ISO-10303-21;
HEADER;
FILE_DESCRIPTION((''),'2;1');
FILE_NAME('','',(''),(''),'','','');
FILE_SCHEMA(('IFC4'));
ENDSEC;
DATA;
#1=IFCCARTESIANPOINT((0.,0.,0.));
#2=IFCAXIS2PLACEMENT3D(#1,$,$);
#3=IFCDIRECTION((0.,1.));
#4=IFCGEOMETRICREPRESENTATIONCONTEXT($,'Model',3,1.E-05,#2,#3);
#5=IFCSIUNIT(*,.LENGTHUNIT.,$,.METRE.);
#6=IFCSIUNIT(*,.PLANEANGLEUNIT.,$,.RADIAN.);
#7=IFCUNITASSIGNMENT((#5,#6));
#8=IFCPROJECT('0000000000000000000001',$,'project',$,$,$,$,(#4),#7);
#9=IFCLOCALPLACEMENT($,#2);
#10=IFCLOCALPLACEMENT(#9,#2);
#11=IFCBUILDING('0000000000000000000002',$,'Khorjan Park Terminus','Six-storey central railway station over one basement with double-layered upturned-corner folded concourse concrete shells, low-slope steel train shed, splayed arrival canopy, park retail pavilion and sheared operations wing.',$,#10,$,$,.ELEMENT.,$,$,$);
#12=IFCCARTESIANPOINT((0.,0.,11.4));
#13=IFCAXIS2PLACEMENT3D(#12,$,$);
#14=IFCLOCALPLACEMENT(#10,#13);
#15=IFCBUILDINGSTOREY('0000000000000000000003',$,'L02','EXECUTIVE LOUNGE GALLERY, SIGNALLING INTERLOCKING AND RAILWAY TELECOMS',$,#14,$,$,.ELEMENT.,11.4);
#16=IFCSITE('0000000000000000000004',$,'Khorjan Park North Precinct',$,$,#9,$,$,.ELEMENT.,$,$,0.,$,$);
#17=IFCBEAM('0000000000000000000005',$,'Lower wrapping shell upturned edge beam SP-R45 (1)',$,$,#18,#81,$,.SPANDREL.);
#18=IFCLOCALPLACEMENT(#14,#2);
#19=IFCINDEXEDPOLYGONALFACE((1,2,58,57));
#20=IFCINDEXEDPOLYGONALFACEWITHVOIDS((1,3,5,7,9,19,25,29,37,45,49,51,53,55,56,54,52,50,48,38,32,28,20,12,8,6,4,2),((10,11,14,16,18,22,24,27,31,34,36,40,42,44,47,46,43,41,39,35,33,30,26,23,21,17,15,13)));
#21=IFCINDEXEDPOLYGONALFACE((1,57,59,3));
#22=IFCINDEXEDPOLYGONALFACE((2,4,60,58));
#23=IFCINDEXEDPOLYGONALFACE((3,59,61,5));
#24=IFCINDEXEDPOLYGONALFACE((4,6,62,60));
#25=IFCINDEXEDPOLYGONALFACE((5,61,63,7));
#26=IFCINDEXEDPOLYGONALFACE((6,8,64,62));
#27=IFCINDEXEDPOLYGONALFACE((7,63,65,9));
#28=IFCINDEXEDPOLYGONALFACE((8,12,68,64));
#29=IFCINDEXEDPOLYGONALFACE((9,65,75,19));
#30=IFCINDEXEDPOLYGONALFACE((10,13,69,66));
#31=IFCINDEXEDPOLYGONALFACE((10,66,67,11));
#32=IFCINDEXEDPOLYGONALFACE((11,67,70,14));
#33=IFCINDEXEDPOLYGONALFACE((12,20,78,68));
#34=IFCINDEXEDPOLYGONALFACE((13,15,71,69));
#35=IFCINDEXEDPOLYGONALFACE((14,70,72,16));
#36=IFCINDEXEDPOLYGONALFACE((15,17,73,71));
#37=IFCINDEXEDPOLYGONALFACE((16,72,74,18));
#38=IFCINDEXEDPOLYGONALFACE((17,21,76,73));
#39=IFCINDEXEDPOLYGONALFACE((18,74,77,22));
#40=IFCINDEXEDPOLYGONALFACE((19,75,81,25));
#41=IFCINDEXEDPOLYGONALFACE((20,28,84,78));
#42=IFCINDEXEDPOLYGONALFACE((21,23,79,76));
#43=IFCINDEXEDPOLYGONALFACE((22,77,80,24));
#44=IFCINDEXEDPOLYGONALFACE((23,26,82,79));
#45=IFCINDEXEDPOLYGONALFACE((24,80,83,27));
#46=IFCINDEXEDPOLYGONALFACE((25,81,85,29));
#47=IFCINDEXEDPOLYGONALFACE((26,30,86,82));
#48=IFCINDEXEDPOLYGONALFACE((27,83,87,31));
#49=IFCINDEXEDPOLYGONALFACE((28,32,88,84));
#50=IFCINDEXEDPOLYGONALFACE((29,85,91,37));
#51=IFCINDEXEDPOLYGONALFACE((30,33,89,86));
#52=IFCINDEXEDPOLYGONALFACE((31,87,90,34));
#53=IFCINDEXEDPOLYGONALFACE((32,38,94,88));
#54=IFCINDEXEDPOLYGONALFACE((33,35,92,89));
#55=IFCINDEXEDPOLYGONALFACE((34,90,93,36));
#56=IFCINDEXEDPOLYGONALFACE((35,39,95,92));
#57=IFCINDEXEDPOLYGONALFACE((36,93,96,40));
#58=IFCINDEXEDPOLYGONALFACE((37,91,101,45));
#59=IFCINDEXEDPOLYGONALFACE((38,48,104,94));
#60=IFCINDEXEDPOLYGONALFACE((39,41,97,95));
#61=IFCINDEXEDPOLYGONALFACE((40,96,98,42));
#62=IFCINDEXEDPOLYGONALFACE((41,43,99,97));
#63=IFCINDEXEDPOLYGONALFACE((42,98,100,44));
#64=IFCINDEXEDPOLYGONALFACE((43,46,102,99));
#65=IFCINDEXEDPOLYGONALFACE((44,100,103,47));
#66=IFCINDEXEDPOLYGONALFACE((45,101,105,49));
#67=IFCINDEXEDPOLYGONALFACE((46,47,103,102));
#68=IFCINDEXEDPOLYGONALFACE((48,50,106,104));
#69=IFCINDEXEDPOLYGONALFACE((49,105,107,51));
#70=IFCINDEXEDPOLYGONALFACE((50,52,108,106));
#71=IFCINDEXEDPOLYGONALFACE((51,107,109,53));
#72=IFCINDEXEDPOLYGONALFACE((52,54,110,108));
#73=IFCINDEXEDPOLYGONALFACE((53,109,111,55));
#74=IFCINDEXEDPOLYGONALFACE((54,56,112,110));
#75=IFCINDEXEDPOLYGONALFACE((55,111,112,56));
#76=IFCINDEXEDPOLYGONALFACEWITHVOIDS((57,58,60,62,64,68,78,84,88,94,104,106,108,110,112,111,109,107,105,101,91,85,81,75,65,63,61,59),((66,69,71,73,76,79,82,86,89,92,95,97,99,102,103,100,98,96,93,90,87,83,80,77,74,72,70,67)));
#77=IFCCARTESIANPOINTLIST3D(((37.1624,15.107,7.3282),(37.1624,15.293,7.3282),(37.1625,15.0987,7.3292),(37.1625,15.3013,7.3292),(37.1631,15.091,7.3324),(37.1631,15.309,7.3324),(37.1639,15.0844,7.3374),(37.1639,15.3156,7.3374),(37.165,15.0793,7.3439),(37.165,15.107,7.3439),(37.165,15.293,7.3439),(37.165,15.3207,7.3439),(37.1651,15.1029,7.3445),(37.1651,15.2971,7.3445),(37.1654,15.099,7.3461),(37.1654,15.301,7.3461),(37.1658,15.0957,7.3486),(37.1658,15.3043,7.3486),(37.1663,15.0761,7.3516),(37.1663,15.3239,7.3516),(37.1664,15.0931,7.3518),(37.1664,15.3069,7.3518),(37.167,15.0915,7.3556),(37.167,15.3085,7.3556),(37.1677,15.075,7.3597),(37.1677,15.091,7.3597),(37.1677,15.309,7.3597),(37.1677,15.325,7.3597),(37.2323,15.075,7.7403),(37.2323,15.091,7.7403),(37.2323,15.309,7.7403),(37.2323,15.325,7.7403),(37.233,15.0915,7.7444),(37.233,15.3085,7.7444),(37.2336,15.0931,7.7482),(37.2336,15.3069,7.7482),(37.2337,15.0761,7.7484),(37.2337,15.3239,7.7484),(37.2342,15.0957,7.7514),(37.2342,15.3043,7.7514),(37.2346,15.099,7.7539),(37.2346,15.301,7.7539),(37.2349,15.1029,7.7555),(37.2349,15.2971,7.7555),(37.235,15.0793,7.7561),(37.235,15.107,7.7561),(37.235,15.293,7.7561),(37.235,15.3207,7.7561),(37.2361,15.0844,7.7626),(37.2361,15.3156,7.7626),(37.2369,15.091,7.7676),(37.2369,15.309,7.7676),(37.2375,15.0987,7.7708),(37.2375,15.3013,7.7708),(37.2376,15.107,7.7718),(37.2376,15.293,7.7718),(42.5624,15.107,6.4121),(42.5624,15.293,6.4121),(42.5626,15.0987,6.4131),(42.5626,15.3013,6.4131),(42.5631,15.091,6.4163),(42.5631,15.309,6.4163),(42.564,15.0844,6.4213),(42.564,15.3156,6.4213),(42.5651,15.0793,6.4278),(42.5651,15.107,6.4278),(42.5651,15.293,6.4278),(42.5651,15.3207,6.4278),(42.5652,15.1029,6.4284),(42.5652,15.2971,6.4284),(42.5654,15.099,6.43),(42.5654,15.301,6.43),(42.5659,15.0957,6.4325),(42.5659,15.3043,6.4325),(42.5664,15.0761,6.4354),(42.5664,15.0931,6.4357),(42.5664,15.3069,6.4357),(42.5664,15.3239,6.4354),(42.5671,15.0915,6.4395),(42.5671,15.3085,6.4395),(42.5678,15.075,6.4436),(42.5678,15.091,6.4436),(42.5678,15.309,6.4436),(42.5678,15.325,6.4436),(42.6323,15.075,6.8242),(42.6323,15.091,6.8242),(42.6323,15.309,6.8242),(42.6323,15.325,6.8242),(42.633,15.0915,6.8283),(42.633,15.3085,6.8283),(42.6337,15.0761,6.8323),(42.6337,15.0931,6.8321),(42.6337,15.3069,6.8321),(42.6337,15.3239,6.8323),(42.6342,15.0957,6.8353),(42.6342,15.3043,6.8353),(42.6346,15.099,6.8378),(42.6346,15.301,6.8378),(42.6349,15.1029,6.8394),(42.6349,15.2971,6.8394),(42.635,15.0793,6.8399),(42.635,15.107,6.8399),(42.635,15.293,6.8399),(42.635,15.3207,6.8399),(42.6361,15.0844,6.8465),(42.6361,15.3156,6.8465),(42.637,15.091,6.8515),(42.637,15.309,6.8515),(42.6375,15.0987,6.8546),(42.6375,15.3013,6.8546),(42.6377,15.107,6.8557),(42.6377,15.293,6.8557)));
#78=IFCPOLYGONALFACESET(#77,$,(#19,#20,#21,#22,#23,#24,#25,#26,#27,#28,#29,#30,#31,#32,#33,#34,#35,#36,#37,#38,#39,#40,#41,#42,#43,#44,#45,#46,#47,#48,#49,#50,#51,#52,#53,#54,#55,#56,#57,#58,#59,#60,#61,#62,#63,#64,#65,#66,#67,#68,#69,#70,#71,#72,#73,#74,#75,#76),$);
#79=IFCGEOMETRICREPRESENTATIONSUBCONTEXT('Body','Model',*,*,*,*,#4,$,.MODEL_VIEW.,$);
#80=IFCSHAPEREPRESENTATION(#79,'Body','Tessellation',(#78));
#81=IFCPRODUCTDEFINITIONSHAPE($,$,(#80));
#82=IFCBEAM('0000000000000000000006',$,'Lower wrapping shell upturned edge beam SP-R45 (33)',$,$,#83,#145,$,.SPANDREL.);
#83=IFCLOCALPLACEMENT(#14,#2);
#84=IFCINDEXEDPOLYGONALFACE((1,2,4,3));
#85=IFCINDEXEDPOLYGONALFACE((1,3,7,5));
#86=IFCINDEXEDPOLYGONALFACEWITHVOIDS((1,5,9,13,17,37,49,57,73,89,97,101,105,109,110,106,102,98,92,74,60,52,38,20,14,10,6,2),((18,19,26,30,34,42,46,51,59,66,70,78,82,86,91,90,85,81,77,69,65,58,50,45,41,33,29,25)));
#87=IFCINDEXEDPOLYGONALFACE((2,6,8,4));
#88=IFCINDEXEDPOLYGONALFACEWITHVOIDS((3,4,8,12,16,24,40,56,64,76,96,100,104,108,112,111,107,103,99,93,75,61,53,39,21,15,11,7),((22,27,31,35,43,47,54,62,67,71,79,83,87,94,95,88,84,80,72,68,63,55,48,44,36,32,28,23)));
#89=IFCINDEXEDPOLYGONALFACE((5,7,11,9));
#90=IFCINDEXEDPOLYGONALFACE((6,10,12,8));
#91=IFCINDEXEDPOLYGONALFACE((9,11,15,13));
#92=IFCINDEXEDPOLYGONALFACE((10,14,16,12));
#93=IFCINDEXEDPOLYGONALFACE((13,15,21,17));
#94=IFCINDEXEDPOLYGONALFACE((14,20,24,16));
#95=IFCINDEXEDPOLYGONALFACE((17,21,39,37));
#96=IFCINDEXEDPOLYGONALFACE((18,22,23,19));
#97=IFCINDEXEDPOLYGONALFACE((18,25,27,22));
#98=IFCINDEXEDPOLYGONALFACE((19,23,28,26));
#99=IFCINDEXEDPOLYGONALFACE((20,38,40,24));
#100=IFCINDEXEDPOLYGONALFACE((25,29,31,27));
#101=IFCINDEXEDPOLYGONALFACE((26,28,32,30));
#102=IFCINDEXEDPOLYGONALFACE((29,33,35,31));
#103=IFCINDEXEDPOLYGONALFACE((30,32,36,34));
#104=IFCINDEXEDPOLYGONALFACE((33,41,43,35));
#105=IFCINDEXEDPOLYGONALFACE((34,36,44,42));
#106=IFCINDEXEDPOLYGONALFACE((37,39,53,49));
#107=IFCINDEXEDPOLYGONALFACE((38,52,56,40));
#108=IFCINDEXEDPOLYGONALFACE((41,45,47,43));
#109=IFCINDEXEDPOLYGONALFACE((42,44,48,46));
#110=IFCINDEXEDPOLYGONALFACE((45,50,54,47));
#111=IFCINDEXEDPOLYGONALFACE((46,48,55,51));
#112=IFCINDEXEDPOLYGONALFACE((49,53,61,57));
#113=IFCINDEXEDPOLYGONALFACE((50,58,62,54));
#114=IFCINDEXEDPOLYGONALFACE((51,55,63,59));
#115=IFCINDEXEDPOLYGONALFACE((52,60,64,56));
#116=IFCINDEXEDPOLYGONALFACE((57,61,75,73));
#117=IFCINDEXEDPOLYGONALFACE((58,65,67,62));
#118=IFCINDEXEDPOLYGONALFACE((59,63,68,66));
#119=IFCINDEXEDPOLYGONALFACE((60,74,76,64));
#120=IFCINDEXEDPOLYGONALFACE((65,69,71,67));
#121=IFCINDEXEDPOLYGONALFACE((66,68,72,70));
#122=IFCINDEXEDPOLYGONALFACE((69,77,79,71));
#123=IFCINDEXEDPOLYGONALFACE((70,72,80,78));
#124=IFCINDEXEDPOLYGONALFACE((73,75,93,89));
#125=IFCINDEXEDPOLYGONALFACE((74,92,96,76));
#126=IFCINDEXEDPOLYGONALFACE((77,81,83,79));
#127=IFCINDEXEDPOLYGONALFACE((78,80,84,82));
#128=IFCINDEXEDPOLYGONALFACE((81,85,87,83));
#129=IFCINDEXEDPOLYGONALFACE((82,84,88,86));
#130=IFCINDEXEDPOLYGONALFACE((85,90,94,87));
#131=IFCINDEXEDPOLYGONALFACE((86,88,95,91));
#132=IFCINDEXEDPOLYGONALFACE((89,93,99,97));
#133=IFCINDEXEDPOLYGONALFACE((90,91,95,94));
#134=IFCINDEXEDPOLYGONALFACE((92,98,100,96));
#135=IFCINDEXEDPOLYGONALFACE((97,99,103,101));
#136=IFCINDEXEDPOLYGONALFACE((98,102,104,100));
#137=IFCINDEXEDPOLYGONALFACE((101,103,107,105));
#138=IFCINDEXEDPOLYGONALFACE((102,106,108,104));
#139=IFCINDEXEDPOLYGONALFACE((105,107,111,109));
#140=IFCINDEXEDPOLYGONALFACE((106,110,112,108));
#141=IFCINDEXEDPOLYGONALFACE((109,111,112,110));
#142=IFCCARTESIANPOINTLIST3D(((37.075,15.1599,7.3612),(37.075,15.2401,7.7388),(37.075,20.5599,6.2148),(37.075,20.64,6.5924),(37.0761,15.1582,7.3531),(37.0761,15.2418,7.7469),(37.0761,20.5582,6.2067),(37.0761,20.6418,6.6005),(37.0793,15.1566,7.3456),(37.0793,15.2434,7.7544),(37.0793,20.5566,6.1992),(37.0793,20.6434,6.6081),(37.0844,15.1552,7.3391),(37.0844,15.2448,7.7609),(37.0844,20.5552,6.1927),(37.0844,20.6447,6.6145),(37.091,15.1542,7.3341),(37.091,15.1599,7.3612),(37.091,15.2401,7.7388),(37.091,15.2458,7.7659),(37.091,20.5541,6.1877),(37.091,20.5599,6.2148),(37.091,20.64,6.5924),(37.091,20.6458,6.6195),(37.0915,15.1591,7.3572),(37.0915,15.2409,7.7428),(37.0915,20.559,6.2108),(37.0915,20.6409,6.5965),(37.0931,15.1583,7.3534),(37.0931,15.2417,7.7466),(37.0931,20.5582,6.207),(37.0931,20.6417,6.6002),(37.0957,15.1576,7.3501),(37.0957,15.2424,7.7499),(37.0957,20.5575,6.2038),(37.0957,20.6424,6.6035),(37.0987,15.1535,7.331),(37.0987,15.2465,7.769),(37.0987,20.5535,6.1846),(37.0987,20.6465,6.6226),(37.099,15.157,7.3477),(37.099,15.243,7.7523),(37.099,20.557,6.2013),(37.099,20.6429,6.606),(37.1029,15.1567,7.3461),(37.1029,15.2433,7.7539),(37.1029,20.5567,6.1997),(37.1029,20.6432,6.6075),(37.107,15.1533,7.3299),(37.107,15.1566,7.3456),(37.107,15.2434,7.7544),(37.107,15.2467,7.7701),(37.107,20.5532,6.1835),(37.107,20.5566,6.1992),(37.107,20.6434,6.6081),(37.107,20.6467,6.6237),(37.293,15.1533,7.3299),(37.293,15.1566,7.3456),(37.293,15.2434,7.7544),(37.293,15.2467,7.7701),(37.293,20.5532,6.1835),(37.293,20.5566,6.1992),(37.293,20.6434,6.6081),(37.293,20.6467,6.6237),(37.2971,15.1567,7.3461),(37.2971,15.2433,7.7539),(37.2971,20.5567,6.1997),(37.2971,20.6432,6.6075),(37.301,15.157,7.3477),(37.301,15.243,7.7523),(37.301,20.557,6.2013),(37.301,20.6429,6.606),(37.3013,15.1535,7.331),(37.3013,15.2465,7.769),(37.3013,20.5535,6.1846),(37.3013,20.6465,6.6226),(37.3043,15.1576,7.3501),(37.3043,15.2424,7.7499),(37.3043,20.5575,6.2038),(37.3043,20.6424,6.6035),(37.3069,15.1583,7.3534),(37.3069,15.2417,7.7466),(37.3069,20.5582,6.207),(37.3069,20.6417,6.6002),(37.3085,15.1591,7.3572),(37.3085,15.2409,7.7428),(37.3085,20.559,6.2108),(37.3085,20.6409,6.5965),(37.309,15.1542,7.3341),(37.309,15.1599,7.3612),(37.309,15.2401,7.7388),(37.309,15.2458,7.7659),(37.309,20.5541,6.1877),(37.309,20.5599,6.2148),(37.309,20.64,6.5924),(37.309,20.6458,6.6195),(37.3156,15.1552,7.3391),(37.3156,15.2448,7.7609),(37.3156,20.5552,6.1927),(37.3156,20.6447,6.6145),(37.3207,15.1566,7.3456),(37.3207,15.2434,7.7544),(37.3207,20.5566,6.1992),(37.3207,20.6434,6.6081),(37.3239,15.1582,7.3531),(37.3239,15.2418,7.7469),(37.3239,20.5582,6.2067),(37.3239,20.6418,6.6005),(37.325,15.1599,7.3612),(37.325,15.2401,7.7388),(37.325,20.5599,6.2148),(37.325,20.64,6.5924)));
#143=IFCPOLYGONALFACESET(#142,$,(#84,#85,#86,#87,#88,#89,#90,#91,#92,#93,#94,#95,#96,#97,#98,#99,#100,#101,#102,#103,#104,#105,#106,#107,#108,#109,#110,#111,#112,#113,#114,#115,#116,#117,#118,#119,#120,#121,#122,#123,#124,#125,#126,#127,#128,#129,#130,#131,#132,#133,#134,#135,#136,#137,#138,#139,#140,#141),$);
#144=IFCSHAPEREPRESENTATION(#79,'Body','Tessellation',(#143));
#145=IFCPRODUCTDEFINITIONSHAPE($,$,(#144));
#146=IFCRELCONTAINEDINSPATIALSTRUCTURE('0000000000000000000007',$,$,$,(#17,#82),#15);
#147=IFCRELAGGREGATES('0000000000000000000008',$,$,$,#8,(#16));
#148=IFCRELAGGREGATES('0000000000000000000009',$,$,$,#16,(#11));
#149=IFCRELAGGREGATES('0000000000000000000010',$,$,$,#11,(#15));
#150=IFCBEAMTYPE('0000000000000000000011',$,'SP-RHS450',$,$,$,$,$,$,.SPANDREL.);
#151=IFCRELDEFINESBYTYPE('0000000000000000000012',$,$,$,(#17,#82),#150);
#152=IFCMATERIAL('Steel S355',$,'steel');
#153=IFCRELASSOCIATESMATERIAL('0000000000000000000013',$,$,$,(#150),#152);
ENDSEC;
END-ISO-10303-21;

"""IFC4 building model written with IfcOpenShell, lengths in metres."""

from ifc_helpers import new_model, si_unit, direction, frame, origin, origin_2d, place, context, subcontext, project, spatial, hollow_rectangle, extrude, material, material_profile, profile_set, type_object, element, save


model = new_model("IFC4")

# Units and contexts
model_context = context("Model", 3, precision=1e-05, world=origin(), true_north=direction((0.0, 1.0)))
body_context = subcontext(model_context, "Body", "Model", "MODEL_VIEW")
ifc_project = project(units=[si_unit("LENGTHUNIT", "METRE"), si_unit("PLANEANGLEUNIT", "RADIAN")], contexts=[model_context])

# Site, building, storey
site_placement = place(None, origin())
site = spatial("IfcSite", under=ifc_project, at=site_placement, Name="Khorjan Park North Precinct", CompositionType="ELEMENT", RefElevation=0.0)
building_placement = place(site_placement, origin())
building = spatial("IfcBuilding", under=site, at=building_placement, Name="Khorjan Park Terminus", Description="Six-storey central railway station over one basement with double-layered upturned-corner folded concourse concrete shells, low-slope steel train shed, splayed arrival canopy, park retail pavilion and sheared operations wing.", CompositionType="ELEMENT")
storey_placement = place(building_placement, frame((0.0, 0.0, 11.4)))
storey = spatial("IfcBuildingStorey", under=building, at=storey_placement, Name="L02", Description="EXECUTIVE LOUNGE GALLERY, SIGNALLING INTERLOCKING AND RAILWAY TELECOMS", CompositionType="ELEMENT", Elevation=11.4)

# Shared definitions
ifc_material_1 = material(Name="Steel S355", Category="steel")

# Beams
ifc_material_profile_1 = material_profile(ifc_material_1, hollow_rectangle(XDim=0.25, YDim=0.45, WallThickness=0.016, InnerFilletRadius=0.016, OuterFilletRadius=0.032, at=origin_2d()), Name="RHS 450x250x16")
ifc_profile_set_1 = profile_set([ifc_material_profile_1], Name="Steel S355")
beam_type_1 = type_object("IfcBeamType", Name="SP-RHS450", PredefinedType="SPANDREL", material=ifc_profile_set_1)
beam_1_placement = place(storey_placement, frame((37.2, 15.2, 7.55), z_axis=(0.985913, 0.0, -0.167258), x_axis=(0.0, 1.0, 0.0)))
element("IfcBeam", 1, at=beam_1_placement, inside=storey, type_object=beam_type_1, Name="Lower wrapping shell upturned edge beam SP-R45 (1)", PredefinedType="SPANDREL", context=body_context, shape_type="SweptSolid", body=[
    extrude(hollow_rectangle(XDim=0.25, YDim=0.45, WallThickness=0.016, InnerFilletRadius=0.016, OuterFilletRadius=0.032, at=origin_2d()), origin(), (0.0, 0.0, 1.0), 5.4772),
])
for number, where, z_axis, x_axis, name in (
    (2, (37.2, 15.2, 7.55), (0.0, 0.978199, -0.207668), (-1.0, 0.0, 0.0), "Lower wrapping shell upturned edge beam SP-R45 (33)"),
):
    element("IfcBeam", number, at=place(storey_placement, frame(where, z_axis=z_axis, x_axis=x_axis)), inside=storey, type_object=beam_type_1, Name=name, PredefinedType="SPANDREL", context=body_context, shape_type="SweptSolid", body=[
        extrude(hollow_rectangle(XDim=0.25, YDim=0.45, WallThickness=0.016, InnerFilletRadius=0.016, OuterFilletRadius=0.032, at=origin_2d()), origin(), (0.0, 0.0, 1.0), 5.5203),
    ])

save(model, "model.ifc")
